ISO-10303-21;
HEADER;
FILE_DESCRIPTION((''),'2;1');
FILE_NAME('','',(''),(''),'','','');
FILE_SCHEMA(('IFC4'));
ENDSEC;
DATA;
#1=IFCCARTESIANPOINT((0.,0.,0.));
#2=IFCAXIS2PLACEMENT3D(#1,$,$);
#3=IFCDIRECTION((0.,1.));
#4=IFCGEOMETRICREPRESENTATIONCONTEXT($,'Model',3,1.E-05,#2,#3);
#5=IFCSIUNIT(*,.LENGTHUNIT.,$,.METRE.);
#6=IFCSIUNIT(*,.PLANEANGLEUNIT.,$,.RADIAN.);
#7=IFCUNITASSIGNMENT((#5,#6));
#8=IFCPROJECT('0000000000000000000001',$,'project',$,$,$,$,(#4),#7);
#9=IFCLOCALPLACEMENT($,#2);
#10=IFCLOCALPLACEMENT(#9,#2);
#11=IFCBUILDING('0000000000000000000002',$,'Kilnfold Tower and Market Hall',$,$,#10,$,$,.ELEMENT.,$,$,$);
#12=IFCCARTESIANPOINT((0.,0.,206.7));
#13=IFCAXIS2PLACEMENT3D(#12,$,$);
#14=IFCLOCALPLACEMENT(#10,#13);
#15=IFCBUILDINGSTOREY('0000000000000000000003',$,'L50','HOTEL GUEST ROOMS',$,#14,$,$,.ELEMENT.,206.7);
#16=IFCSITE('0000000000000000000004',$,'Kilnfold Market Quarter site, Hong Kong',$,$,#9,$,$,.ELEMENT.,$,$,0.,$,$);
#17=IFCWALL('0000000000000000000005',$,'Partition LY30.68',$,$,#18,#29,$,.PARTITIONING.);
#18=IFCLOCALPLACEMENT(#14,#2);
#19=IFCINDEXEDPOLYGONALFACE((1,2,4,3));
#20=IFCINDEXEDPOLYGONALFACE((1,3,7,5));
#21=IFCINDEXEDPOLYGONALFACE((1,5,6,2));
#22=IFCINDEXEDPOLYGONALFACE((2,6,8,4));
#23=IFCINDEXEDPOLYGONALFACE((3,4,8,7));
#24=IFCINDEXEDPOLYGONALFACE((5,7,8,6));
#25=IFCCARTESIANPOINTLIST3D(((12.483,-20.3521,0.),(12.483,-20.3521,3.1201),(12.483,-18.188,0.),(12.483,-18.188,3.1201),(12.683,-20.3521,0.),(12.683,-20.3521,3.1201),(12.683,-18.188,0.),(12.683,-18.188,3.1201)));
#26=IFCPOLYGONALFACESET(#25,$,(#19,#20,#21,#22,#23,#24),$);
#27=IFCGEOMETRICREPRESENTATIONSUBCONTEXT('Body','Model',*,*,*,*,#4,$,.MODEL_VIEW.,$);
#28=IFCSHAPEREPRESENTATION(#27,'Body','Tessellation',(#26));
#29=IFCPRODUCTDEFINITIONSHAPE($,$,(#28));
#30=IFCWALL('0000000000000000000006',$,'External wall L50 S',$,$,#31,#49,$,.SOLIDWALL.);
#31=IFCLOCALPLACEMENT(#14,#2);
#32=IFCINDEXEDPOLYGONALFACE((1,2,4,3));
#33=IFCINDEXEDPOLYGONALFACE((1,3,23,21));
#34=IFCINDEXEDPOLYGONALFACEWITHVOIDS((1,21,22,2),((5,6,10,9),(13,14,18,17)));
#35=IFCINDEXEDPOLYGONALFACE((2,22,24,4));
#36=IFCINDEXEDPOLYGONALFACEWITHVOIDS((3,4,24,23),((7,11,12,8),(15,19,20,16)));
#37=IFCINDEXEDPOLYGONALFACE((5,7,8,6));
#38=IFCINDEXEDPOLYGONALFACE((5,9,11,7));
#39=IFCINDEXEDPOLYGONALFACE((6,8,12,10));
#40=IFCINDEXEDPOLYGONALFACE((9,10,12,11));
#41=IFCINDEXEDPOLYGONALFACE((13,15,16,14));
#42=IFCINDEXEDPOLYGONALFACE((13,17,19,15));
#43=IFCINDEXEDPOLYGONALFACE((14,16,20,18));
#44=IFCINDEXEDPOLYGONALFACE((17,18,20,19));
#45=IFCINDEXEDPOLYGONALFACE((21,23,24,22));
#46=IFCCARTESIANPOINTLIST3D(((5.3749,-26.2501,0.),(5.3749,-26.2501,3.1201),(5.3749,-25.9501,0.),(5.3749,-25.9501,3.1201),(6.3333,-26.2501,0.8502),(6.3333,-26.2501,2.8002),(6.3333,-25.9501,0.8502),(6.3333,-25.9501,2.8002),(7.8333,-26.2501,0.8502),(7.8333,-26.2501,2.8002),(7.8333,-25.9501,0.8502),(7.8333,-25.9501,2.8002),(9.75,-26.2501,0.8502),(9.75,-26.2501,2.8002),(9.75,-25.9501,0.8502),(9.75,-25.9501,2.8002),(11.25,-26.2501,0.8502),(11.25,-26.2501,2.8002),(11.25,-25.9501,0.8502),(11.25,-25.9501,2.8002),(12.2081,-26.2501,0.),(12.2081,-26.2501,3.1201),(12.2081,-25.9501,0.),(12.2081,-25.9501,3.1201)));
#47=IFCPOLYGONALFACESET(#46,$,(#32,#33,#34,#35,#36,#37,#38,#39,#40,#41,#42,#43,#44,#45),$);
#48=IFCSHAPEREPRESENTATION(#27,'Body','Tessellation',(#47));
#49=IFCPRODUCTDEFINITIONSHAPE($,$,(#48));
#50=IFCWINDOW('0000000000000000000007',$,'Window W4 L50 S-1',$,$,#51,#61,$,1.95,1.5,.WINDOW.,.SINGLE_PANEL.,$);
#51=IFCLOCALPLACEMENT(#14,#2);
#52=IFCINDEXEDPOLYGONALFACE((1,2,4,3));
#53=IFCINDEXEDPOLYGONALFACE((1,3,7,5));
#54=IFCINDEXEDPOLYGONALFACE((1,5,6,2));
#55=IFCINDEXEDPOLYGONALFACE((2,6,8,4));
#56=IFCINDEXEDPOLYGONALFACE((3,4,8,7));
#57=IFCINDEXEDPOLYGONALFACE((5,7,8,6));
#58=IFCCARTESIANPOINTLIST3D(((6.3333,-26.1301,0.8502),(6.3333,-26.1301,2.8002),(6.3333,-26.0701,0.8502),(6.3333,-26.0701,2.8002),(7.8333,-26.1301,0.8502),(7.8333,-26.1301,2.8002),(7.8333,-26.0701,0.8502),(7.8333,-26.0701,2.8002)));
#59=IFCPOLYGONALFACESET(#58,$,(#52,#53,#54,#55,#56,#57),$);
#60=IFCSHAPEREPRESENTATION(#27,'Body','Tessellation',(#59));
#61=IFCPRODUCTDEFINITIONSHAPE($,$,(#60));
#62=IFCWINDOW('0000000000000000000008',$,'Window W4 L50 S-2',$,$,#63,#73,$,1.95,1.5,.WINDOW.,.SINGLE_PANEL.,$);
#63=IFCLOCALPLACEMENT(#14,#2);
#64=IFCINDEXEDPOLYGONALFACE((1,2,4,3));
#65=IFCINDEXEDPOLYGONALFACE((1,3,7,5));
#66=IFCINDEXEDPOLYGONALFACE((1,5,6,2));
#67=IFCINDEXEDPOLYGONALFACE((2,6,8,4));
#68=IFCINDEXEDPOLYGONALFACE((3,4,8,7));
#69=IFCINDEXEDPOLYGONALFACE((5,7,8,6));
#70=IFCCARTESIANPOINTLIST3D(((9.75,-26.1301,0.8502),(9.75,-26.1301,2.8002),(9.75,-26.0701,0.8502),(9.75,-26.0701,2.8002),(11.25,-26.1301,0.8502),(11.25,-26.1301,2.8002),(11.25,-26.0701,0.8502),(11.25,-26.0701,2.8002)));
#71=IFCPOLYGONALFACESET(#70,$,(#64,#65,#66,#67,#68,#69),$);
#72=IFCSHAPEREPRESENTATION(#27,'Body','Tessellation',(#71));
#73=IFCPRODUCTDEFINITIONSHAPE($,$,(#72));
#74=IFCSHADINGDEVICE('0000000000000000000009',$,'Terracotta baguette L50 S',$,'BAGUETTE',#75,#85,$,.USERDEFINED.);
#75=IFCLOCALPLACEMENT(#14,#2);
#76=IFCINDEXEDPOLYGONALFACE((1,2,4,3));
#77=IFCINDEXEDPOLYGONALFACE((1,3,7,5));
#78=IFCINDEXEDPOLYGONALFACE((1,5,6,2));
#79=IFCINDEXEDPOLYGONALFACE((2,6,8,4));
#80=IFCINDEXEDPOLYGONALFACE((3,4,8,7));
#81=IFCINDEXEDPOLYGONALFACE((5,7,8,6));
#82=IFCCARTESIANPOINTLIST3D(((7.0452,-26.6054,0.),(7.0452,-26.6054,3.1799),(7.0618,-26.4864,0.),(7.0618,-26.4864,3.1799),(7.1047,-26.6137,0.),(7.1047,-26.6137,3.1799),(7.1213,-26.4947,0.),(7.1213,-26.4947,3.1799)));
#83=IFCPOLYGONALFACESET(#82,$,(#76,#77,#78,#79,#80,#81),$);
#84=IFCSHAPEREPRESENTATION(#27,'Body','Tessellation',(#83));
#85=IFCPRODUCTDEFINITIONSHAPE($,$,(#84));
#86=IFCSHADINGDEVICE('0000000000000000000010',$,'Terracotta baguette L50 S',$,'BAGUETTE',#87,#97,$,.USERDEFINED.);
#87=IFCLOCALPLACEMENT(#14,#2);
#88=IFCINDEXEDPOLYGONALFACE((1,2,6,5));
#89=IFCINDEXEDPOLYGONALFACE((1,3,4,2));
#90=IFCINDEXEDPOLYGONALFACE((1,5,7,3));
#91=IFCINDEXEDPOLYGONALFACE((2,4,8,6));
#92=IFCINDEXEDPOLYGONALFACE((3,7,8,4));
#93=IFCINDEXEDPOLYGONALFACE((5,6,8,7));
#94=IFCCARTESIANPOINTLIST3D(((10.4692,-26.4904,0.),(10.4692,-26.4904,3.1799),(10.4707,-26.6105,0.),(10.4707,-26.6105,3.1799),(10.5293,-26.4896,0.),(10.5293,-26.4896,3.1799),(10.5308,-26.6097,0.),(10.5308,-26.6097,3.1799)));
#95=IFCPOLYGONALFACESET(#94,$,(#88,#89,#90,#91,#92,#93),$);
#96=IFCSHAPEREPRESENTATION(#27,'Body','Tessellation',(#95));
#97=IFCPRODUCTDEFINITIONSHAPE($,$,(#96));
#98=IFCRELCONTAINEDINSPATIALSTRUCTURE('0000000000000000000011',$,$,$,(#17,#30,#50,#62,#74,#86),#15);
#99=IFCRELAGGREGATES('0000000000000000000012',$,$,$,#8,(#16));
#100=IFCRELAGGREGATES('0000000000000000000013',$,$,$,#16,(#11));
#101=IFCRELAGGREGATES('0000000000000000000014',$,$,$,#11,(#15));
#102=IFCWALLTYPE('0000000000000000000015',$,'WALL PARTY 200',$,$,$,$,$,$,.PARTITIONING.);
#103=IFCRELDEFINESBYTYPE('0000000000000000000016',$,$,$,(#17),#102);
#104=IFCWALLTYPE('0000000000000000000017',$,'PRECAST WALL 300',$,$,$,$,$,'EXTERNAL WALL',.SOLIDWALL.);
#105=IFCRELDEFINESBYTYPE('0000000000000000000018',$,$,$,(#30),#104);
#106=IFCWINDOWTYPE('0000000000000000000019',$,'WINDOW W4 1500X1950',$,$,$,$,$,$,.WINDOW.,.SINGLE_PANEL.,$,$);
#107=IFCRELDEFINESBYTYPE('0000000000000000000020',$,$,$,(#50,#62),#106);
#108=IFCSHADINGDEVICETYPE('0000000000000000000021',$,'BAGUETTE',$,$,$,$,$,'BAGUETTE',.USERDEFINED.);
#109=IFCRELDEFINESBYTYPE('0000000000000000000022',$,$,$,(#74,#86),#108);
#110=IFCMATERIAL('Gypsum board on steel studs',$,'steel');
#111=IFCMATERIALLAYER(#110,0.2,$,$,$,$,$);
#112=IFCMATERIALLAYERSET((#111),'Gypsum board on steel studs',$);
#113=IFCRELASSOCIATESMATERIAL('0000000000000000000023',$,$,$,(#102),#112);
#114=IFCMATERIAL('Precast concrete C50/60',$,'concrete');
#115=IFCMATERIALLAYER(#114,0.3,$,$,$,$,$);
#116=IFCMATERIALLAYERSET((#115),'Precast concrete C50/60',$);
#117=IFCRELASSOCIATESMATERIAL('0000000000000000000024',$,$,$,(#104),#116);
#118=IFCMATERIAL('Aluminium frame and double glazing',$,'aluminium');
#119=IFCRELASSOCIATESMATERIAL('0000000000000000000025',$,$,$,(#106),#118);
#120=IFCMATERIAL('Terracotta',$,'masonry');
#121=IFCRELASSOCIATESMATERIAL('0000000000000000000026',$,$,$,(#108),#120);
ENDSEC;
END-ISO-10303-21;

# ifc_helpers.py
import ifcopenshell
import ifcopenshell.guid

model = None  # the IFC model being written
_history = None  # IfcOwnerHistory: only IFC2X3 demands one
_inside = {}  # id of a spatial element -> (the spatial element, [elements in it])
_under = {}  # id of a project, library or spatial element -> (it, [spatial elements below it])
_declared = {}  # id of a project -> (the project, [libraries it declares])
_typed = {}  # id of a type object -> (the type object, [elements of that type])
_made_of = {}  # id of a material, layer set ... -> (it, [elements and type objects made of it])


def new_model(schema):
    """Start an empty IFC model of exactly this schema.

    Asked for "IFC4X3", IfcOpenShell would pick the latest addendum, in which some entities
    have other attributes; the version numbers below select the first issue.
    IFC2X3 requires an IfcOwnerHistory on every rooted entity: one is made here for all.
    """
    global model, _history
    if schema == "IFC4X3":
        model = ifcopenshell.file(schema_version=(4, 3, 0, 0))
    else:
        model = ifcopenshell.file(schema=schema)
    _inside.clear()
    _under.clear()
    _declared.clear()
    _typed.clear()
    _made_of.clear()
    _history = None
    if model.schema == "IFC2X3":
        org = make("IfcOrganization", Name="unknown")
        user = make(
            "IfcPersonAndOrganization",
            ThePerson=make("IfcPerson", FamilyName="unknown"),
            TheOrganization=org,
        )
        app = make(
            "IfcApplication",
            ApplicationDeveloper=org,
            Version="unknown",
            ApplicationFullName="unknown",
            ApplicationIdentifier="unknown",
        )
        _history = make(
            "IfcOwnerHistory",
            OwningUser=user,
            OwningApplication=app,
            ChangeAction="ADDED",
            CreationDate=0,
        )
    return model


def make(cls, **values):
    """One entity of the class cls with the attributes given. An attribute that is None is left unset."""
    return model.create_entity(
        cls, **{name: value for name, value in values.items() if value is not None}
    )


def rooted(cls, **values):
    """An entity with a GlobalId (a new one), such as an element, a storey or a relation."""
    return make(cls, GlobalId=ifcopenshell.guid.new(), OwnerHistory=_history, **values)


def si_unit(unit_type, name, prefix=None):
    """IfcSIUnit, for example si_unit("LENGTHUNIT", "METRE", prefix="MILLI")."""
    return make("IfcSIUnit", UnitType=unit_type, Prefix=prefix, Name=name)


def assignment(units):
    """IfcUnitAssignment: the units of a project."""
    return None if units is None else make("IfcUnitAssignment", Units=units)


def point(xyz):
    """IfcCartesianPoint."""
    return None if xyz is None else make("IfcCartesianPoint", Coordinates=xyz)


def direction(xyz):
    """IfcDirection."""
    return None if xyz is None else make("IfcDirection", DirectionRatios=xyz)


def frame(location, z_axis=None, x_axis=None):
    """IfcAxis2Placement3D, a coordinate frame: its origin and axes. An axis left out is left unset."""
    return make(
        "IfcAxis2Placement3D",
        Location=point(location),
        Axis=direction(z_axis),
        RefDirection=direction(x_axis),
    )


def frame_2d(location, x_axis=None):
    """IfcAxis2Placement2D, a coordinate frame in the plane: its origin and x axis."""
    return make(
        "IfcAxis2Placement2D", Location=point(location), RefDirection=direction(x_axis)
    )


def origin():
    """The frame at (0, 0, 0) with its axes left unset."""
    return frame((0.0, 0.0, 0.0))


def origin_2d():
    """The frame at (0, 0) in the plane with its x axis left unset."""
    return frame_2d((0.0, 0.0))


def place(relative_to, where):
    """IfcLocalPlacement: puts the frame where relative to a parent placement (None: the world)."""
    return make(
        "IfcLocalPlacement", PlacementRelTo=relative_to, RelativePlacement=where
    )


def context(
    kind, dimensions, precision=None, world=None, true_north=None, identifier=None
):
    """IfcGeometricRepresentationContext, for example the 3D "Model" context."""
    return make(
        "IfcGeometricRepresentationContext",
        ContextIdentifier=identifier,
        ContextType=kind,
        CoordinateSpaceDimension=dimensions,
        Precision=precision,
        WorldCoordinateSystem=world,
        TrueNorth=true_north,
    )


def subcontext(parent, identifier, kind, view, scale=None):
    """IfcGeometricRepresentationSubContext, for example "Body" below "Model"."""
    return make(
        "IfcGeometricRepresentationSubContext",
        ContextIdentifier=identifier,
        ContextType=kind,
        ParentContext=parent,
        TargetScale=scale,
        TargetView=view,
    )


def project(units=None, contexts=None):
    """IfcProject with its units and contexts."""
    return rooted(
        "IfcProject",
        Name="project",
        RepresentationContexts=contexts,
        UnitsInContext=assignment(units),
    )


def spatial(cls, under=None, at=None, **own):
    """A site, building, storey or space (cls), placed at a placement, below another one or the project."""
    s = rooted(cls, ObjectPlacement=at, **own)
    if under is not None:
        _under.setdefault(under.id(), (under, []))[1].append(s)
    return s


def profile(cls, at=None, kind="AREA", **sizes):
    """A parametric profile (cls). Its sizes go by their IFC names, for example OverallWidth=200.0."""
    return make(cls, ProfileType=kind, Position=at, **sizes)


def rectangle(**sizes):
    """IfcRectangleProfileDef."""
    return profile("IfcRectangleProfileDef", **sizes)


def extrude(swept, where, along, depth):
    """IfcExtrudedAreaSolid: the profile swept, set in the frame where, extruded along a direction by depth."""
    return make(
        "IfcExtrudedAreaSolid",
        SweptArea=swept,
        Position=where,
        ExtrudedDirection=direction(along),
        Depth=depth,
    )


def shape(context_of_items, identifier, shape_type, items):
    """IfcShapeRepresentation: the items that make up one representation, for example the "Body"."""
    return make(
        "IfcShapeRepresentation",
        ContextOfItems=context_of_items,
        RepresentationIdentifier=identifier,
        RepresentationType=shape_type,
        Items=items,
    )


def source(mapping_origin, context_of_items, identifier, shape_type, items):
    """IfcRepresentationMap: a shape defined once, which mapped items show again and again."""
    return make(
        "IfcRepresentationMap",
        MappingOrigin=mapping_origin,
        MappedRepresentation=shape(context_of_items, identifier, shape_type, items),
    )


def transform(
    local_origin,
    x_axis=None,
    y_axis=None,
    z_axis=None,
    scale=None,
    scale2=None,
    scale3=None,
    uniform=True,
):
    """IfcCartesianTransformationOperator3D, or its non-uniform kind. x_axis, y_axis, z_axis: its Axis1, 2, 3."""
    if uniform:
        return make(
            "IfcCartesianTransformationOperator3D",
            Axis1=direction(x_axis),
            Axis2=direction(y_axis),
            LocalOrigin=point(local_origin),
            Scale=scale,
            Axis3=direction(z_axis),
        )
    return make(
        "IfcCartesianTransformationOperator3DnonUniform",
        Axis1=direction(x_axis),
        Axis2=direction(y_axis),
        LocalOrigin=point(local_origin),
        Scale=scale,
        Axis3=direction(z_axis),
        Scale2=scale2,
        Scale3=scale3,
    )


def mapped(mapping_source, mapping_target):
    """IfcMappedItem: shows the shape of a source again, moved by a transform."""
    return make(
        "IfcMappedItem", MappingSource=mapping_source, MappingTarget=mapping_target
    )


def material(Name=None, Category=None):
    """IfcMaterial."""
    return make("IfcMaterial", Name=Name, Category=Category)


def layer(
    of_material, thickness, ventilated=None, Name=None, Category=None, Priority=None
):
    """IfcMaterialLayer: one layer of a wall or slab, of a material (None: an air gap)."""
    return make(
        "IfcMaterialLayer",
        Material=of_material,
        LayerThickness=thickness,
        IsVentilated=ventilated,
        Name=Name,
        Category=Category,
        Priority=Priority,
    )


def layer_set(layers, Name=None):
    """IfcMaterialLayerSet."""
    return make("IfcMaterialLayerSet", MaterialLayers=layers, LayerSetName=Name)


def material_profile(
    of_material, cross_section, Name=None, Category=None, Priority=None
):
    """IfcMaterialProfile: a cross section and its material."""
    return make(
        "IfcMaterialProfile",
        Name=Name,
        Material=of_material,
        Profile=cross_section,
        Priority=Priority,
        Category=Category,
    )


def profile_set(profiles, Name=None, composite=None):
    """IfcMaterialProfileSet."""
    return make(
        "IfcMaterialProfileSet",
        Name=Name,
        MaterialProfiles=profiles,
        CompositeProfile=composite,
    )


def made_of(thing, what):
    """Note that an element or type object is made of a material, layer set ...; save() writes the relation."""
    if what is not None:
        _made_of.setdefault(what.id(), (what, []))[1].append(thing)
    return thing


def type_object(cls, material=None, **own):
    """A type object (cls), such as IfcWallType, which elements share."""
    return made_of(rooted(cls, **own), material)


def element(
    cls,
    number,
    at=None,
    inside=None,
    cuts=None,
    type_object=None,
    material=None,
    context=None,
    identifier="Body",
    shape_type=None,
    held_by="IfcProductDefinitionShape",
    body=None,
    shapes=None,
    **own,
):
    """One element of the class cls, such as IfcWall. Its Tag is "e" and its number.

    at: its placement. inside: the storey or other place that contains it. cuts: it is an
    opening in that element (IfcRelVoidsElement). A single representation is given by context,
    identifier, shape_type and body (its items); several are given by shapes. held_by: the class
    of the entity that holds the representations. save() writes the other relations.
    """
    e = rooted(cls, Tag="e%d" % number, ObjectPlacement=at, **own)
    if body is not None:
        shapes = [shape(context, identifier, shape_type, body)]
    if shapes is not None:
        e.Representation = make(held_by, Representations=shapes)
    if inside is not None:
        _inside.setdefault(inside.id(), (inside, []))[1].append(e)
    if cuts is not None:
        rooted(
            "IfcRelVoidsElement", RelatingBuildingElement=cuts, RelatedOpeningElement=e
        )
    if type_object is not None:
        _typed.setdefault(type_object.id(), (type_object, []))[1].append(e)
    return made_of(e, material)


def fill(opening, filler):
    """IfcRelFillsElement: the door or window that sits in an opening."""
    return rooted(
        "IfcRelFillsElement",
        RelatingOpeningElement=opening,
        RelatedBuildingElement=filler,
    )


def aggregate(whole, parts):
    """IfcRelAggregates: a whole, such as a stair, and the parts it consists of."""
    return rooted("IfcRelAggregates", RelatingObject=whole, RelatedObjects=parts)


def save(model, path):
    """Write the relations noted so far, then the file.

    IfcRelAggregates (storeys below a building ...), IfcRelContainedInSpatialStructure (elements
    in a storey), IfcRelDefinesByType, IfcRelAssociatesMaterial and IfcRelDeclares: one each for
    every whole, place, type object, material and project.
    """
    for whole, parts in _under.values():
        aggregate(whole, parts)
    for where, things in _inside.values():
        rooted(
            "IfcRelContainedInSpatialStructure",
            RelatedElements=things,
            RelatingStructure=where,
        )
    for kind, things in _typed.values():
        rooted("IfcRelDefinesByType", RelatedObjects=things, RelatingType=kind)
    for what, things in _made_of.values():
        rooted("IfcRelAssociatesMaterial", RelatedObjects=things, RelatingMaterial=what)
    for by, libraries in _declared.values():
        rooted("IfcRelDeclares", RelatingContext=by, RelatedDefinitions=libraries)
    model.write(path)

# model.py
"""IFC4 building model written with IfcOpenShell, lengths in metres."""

from ifc_helpers import new_model, si_unit, direction, frame, frame_2d, origin, origin_2d, place, context, subcontext, project, spatial, rectangle, extrude, source, transform, mapped, material, layer, layer_set, material_profile, profile_set, type_object, element, fill, save


model = new_model("IFC4")

# Units and contexts
model_context = context("Model", 3, precision=1e-05, world=origin(), true_north=direction((0.0, 1.0)))
body_context = subcontext(model_context, "Body", "Model", "MODEL_VIEW")
ifc_project = project(units=[si_unit("LENGTHUNIT", "METRE"), si_unit("PLANEANGLEUNIT", "RADIAN")], contexts=[model_context])

# Site, building, storey
site_placement = place(None, origin())
site = spatial("IfcSite", under=ifc_project, at=site_placement, Name="Kilnfold Market Quarter site, Hong Kong", CompositionType="ELEMENT", RefElevation=0.0)
building_placement = place(site_placement, origin())
building = spatial("IfcBuilding", under=site, at=building_placement, Name="Kilnfold Tower and Market Hall", CompositionType="ELEMENT")
storey_placement = place(building_placement, frame((0.0, 0.0, 206.7)))
storey = spatial("IfcBuildingStorey", under=building, at=storey_placement, Name="L50", Description="HOTEL GUEST ROOMS", CompositionType="ELEMENT", Elevation=206.7)

# Wall
ifc_material_1 = material(Name="Gypsum board on steel studs", Category="steel")
ifc_layer_1 = layer(ifc_material_1, 0.2)
ifc_layer_set_1 = layer_set([ifc_layer_1], Name="Gypsum board on steel studs")
wall_type_1 = type_object("IfcWallType", Name="WALL PARTY 200", PredefinedType="PARTITIONING", material=ifc_layer_set_1)
wall_1_placement = place(storey_placement, frame((12.583, -20.3521, 0.0), z_axis=(0.0, 0.0, 1.0), x_axis=(0.0, 1.0, 0.0)))
element("IfcWall", 1, at=wall_1_placement, inside=storey, type_object=wall_type_1, Name="Partition LY30.68", PredefinedType="PARTITIONING", context=body_context, shape_type="SweptSolid", body=[
    extrude(rectangle(XDim=2.1641, YDim=0.2, at=frame_2d((1.082, 0.0))), origin(), (0.0, 0.0, 1.0), 3.1201),
])

# Wall, openings, windows
ifc_material_2 = material(Name="Precast concrete C50/60", Category="concrete")
ifc_layer_2 = layer(ifc_material_2, 0.3)
ifc_layer_set_2 = layer_set([ifc_layer_2], Name="Precast concrete C50/60")
wall_type_2 = type_object("IfcWallType", Name="PRECAST WALL 300", ElementType="EXTERNAL WALL", PredefinedType="SOLIDWALL", material=ifc_layer_set_2)
shared_shape_1 = source(origin(), body_context, "Body", "SweptSolid", [
    extrude(rectangle(XDim=6.8333, YDim=0.3, at=frame_2d((3.4165, 0.0))), origin(), (0.0, 0.0, 1.0), 3.1201),
])
wall_2_placement = place(storey_placement, frame((5.375, -26.1001, 0.0), z_axis=(0.0, 0.0, 1.0), x_axis=(1.0, 0.0, 0.0)))
wall_2 = element("IfcWall", 2, at=wall_2_placement, inside=storey, type_object=wall_type_2, Name="External wall L50 S", PredefinedType="SOLIDWALL", context=body_context, shape_type="MappedRepresentation", body=[
    mapped(shared_shape_1, transform((0.0, 0.0, 0.0))),
])
opening_1_placement = place(wall_2_placement, frame((0.9583, 0.0, 0.8501)))
opening_1 = element("IfcOpeningElement", 3, at=opening_1_placement, cuts=wall_2, PredefinedType="OPENING", context=body_context, shape_type="SweptSolid", body=[
    extrude(rectangle(XDim=1.5, YDim=1.95, at=frame_2d((0.75, 0.9751))), frame((0.0, 0.1602, 0.0), z_axis=(0.0, -1.0, 0.0), x_axis=(1.0, 0.0, 0.0)), (0.0, 0.0, 1.0), 0.3201),
])
opening_2_placement = place(wall_2_placement, frame((4.375, 0.0, 0.8501)))
opening_2 = element("IfcOpeningElement", 4, at=opening_2_placement, cuts=wall_2, PredefinedType="OPENING", context=body_context, shape_type="SweptSolid", body=[
    extrude(rectangle(XDim=1.5, YDim=1.95, at=frame_2d((0.75, 0.9751))), frame((0.0, 0.1602, 0.0), z_axis=(0.0, -1.0, 0.0), x_axis=(1.0, 0.0, 0.0)), (0.0, 0.0, 1.0), 0.3201),
])
ifc_material_3 = material(Name="Aluminium frame and double glazing", Category="aluminium")
window_type = type_object("IfcWindowType", Name="WINDOW W4 1500X1950", PartitioningType="SINGLE_PANEL", PredefinedType="WINDOW", material=ifc_material_3)
window_1_placement = place(opening_1_placement, origin())
window_1 = element("IfcWindow", 5, at=window_1_placement, inside=storey, type_object=window_type, Name="Window W4 L50 S-1", OverallHeight=1.95, OverallWidth=1.5, PartitioningType="SINGLE_PANEL", PredefinedType="WINDOW", context=body_context, shape_type="SweptSolid", body=[
    extrude(rectangle(XDim=1.5, YDim=1.95, at=frame_2d((0.75, 0.9751))), frame((0.0, 0.03, 0.0), z_axis=(0.0, -1.0, 0.0), x_axis=(1.0, 0.0, 0.0)), (0.0, 0.0, 1.0), 0.0601),
])
fill(opening_1, window_1)
window_2_placement = place(opening_2_placement, origin())
window_2 = element("IfcWindow", 6, at=window_2_placement, inside=storey, type_object=window_type, Name="Window W4 L50 S-2", OverallHeight=1.95, OverallWidth=1.5, PartitioningType="SINGLE_PANEL", PredefinedType="WINDOW", context=body_context, shape_type="SweptSolid", body=[
    extrude(rectangle(XDim=1.5, YDim=1.95, at=frame_2d((0.75, 0.9751))), frame((0.0, 0.03, 0.0), z_axis=(0.0, -1.0, 0.0), x_axis=(1.0, 0.0, 0.0)), (0.0, 0.0, 1.0), 0.0601),
])
fill(opening_2, window_2)

# Shading devices
ifc_material_4 = material(Name="Terracotta", Category="masonry")
ifc_material_profile_1 = material_profile(ifc_material_4, rectangle(XDim=0.0601, YDim=0.1201, at=origin_2d()), Name="BAG 60x120")
ifc_profile_set_1 = profile_set([ifc_material_profile_1], Name="Terracotta")
shading_device_type = type_object("IfcShadingDeviceType", Name="BAGUETTE", ElementType="BAGUETTE", PredefinedType="USERDEFINED", material=ifc_profile_set_1)
shared_shape_2 = source(origin(), body_context, "Body", "SweptSolid", [
    extrude(rectangle(XDim=0.0601, YDim=0.1201, at=origin_2d()), origin(), (0.0, 0.0, 1.0), 3.1799),
])
for number, where, z_axis, x_axis, name in (
    (7, (7.0833, -26.55, 0.0), (0.0, 0.0, 1.0), (0.990418, -0.138103, 0.0), "Terracotta baguette L50 S"),
    (8, (10.5, -26.55, 0.0), (0.0, 0.0, 1.0), (0.999926, 0.012142, 0.0), "Terracotta baguette L50 S"),
):
    element("IfcShadingDevice", number, at=place(storey_placement, frame(where, z_axis=z_axis, x_axis=x_axis)), inside=storey, type_object=shading_device_type, Name=name, ObjectType="BAGUETTE", PredefinedType="USERDEFINED", context=body_context, shape_type="MappedRepresentation", body=[
        mapped(shared_shape_2, transform((0.0, 0.0, 0.0))),
    ])

save(model, "model.ifc")
